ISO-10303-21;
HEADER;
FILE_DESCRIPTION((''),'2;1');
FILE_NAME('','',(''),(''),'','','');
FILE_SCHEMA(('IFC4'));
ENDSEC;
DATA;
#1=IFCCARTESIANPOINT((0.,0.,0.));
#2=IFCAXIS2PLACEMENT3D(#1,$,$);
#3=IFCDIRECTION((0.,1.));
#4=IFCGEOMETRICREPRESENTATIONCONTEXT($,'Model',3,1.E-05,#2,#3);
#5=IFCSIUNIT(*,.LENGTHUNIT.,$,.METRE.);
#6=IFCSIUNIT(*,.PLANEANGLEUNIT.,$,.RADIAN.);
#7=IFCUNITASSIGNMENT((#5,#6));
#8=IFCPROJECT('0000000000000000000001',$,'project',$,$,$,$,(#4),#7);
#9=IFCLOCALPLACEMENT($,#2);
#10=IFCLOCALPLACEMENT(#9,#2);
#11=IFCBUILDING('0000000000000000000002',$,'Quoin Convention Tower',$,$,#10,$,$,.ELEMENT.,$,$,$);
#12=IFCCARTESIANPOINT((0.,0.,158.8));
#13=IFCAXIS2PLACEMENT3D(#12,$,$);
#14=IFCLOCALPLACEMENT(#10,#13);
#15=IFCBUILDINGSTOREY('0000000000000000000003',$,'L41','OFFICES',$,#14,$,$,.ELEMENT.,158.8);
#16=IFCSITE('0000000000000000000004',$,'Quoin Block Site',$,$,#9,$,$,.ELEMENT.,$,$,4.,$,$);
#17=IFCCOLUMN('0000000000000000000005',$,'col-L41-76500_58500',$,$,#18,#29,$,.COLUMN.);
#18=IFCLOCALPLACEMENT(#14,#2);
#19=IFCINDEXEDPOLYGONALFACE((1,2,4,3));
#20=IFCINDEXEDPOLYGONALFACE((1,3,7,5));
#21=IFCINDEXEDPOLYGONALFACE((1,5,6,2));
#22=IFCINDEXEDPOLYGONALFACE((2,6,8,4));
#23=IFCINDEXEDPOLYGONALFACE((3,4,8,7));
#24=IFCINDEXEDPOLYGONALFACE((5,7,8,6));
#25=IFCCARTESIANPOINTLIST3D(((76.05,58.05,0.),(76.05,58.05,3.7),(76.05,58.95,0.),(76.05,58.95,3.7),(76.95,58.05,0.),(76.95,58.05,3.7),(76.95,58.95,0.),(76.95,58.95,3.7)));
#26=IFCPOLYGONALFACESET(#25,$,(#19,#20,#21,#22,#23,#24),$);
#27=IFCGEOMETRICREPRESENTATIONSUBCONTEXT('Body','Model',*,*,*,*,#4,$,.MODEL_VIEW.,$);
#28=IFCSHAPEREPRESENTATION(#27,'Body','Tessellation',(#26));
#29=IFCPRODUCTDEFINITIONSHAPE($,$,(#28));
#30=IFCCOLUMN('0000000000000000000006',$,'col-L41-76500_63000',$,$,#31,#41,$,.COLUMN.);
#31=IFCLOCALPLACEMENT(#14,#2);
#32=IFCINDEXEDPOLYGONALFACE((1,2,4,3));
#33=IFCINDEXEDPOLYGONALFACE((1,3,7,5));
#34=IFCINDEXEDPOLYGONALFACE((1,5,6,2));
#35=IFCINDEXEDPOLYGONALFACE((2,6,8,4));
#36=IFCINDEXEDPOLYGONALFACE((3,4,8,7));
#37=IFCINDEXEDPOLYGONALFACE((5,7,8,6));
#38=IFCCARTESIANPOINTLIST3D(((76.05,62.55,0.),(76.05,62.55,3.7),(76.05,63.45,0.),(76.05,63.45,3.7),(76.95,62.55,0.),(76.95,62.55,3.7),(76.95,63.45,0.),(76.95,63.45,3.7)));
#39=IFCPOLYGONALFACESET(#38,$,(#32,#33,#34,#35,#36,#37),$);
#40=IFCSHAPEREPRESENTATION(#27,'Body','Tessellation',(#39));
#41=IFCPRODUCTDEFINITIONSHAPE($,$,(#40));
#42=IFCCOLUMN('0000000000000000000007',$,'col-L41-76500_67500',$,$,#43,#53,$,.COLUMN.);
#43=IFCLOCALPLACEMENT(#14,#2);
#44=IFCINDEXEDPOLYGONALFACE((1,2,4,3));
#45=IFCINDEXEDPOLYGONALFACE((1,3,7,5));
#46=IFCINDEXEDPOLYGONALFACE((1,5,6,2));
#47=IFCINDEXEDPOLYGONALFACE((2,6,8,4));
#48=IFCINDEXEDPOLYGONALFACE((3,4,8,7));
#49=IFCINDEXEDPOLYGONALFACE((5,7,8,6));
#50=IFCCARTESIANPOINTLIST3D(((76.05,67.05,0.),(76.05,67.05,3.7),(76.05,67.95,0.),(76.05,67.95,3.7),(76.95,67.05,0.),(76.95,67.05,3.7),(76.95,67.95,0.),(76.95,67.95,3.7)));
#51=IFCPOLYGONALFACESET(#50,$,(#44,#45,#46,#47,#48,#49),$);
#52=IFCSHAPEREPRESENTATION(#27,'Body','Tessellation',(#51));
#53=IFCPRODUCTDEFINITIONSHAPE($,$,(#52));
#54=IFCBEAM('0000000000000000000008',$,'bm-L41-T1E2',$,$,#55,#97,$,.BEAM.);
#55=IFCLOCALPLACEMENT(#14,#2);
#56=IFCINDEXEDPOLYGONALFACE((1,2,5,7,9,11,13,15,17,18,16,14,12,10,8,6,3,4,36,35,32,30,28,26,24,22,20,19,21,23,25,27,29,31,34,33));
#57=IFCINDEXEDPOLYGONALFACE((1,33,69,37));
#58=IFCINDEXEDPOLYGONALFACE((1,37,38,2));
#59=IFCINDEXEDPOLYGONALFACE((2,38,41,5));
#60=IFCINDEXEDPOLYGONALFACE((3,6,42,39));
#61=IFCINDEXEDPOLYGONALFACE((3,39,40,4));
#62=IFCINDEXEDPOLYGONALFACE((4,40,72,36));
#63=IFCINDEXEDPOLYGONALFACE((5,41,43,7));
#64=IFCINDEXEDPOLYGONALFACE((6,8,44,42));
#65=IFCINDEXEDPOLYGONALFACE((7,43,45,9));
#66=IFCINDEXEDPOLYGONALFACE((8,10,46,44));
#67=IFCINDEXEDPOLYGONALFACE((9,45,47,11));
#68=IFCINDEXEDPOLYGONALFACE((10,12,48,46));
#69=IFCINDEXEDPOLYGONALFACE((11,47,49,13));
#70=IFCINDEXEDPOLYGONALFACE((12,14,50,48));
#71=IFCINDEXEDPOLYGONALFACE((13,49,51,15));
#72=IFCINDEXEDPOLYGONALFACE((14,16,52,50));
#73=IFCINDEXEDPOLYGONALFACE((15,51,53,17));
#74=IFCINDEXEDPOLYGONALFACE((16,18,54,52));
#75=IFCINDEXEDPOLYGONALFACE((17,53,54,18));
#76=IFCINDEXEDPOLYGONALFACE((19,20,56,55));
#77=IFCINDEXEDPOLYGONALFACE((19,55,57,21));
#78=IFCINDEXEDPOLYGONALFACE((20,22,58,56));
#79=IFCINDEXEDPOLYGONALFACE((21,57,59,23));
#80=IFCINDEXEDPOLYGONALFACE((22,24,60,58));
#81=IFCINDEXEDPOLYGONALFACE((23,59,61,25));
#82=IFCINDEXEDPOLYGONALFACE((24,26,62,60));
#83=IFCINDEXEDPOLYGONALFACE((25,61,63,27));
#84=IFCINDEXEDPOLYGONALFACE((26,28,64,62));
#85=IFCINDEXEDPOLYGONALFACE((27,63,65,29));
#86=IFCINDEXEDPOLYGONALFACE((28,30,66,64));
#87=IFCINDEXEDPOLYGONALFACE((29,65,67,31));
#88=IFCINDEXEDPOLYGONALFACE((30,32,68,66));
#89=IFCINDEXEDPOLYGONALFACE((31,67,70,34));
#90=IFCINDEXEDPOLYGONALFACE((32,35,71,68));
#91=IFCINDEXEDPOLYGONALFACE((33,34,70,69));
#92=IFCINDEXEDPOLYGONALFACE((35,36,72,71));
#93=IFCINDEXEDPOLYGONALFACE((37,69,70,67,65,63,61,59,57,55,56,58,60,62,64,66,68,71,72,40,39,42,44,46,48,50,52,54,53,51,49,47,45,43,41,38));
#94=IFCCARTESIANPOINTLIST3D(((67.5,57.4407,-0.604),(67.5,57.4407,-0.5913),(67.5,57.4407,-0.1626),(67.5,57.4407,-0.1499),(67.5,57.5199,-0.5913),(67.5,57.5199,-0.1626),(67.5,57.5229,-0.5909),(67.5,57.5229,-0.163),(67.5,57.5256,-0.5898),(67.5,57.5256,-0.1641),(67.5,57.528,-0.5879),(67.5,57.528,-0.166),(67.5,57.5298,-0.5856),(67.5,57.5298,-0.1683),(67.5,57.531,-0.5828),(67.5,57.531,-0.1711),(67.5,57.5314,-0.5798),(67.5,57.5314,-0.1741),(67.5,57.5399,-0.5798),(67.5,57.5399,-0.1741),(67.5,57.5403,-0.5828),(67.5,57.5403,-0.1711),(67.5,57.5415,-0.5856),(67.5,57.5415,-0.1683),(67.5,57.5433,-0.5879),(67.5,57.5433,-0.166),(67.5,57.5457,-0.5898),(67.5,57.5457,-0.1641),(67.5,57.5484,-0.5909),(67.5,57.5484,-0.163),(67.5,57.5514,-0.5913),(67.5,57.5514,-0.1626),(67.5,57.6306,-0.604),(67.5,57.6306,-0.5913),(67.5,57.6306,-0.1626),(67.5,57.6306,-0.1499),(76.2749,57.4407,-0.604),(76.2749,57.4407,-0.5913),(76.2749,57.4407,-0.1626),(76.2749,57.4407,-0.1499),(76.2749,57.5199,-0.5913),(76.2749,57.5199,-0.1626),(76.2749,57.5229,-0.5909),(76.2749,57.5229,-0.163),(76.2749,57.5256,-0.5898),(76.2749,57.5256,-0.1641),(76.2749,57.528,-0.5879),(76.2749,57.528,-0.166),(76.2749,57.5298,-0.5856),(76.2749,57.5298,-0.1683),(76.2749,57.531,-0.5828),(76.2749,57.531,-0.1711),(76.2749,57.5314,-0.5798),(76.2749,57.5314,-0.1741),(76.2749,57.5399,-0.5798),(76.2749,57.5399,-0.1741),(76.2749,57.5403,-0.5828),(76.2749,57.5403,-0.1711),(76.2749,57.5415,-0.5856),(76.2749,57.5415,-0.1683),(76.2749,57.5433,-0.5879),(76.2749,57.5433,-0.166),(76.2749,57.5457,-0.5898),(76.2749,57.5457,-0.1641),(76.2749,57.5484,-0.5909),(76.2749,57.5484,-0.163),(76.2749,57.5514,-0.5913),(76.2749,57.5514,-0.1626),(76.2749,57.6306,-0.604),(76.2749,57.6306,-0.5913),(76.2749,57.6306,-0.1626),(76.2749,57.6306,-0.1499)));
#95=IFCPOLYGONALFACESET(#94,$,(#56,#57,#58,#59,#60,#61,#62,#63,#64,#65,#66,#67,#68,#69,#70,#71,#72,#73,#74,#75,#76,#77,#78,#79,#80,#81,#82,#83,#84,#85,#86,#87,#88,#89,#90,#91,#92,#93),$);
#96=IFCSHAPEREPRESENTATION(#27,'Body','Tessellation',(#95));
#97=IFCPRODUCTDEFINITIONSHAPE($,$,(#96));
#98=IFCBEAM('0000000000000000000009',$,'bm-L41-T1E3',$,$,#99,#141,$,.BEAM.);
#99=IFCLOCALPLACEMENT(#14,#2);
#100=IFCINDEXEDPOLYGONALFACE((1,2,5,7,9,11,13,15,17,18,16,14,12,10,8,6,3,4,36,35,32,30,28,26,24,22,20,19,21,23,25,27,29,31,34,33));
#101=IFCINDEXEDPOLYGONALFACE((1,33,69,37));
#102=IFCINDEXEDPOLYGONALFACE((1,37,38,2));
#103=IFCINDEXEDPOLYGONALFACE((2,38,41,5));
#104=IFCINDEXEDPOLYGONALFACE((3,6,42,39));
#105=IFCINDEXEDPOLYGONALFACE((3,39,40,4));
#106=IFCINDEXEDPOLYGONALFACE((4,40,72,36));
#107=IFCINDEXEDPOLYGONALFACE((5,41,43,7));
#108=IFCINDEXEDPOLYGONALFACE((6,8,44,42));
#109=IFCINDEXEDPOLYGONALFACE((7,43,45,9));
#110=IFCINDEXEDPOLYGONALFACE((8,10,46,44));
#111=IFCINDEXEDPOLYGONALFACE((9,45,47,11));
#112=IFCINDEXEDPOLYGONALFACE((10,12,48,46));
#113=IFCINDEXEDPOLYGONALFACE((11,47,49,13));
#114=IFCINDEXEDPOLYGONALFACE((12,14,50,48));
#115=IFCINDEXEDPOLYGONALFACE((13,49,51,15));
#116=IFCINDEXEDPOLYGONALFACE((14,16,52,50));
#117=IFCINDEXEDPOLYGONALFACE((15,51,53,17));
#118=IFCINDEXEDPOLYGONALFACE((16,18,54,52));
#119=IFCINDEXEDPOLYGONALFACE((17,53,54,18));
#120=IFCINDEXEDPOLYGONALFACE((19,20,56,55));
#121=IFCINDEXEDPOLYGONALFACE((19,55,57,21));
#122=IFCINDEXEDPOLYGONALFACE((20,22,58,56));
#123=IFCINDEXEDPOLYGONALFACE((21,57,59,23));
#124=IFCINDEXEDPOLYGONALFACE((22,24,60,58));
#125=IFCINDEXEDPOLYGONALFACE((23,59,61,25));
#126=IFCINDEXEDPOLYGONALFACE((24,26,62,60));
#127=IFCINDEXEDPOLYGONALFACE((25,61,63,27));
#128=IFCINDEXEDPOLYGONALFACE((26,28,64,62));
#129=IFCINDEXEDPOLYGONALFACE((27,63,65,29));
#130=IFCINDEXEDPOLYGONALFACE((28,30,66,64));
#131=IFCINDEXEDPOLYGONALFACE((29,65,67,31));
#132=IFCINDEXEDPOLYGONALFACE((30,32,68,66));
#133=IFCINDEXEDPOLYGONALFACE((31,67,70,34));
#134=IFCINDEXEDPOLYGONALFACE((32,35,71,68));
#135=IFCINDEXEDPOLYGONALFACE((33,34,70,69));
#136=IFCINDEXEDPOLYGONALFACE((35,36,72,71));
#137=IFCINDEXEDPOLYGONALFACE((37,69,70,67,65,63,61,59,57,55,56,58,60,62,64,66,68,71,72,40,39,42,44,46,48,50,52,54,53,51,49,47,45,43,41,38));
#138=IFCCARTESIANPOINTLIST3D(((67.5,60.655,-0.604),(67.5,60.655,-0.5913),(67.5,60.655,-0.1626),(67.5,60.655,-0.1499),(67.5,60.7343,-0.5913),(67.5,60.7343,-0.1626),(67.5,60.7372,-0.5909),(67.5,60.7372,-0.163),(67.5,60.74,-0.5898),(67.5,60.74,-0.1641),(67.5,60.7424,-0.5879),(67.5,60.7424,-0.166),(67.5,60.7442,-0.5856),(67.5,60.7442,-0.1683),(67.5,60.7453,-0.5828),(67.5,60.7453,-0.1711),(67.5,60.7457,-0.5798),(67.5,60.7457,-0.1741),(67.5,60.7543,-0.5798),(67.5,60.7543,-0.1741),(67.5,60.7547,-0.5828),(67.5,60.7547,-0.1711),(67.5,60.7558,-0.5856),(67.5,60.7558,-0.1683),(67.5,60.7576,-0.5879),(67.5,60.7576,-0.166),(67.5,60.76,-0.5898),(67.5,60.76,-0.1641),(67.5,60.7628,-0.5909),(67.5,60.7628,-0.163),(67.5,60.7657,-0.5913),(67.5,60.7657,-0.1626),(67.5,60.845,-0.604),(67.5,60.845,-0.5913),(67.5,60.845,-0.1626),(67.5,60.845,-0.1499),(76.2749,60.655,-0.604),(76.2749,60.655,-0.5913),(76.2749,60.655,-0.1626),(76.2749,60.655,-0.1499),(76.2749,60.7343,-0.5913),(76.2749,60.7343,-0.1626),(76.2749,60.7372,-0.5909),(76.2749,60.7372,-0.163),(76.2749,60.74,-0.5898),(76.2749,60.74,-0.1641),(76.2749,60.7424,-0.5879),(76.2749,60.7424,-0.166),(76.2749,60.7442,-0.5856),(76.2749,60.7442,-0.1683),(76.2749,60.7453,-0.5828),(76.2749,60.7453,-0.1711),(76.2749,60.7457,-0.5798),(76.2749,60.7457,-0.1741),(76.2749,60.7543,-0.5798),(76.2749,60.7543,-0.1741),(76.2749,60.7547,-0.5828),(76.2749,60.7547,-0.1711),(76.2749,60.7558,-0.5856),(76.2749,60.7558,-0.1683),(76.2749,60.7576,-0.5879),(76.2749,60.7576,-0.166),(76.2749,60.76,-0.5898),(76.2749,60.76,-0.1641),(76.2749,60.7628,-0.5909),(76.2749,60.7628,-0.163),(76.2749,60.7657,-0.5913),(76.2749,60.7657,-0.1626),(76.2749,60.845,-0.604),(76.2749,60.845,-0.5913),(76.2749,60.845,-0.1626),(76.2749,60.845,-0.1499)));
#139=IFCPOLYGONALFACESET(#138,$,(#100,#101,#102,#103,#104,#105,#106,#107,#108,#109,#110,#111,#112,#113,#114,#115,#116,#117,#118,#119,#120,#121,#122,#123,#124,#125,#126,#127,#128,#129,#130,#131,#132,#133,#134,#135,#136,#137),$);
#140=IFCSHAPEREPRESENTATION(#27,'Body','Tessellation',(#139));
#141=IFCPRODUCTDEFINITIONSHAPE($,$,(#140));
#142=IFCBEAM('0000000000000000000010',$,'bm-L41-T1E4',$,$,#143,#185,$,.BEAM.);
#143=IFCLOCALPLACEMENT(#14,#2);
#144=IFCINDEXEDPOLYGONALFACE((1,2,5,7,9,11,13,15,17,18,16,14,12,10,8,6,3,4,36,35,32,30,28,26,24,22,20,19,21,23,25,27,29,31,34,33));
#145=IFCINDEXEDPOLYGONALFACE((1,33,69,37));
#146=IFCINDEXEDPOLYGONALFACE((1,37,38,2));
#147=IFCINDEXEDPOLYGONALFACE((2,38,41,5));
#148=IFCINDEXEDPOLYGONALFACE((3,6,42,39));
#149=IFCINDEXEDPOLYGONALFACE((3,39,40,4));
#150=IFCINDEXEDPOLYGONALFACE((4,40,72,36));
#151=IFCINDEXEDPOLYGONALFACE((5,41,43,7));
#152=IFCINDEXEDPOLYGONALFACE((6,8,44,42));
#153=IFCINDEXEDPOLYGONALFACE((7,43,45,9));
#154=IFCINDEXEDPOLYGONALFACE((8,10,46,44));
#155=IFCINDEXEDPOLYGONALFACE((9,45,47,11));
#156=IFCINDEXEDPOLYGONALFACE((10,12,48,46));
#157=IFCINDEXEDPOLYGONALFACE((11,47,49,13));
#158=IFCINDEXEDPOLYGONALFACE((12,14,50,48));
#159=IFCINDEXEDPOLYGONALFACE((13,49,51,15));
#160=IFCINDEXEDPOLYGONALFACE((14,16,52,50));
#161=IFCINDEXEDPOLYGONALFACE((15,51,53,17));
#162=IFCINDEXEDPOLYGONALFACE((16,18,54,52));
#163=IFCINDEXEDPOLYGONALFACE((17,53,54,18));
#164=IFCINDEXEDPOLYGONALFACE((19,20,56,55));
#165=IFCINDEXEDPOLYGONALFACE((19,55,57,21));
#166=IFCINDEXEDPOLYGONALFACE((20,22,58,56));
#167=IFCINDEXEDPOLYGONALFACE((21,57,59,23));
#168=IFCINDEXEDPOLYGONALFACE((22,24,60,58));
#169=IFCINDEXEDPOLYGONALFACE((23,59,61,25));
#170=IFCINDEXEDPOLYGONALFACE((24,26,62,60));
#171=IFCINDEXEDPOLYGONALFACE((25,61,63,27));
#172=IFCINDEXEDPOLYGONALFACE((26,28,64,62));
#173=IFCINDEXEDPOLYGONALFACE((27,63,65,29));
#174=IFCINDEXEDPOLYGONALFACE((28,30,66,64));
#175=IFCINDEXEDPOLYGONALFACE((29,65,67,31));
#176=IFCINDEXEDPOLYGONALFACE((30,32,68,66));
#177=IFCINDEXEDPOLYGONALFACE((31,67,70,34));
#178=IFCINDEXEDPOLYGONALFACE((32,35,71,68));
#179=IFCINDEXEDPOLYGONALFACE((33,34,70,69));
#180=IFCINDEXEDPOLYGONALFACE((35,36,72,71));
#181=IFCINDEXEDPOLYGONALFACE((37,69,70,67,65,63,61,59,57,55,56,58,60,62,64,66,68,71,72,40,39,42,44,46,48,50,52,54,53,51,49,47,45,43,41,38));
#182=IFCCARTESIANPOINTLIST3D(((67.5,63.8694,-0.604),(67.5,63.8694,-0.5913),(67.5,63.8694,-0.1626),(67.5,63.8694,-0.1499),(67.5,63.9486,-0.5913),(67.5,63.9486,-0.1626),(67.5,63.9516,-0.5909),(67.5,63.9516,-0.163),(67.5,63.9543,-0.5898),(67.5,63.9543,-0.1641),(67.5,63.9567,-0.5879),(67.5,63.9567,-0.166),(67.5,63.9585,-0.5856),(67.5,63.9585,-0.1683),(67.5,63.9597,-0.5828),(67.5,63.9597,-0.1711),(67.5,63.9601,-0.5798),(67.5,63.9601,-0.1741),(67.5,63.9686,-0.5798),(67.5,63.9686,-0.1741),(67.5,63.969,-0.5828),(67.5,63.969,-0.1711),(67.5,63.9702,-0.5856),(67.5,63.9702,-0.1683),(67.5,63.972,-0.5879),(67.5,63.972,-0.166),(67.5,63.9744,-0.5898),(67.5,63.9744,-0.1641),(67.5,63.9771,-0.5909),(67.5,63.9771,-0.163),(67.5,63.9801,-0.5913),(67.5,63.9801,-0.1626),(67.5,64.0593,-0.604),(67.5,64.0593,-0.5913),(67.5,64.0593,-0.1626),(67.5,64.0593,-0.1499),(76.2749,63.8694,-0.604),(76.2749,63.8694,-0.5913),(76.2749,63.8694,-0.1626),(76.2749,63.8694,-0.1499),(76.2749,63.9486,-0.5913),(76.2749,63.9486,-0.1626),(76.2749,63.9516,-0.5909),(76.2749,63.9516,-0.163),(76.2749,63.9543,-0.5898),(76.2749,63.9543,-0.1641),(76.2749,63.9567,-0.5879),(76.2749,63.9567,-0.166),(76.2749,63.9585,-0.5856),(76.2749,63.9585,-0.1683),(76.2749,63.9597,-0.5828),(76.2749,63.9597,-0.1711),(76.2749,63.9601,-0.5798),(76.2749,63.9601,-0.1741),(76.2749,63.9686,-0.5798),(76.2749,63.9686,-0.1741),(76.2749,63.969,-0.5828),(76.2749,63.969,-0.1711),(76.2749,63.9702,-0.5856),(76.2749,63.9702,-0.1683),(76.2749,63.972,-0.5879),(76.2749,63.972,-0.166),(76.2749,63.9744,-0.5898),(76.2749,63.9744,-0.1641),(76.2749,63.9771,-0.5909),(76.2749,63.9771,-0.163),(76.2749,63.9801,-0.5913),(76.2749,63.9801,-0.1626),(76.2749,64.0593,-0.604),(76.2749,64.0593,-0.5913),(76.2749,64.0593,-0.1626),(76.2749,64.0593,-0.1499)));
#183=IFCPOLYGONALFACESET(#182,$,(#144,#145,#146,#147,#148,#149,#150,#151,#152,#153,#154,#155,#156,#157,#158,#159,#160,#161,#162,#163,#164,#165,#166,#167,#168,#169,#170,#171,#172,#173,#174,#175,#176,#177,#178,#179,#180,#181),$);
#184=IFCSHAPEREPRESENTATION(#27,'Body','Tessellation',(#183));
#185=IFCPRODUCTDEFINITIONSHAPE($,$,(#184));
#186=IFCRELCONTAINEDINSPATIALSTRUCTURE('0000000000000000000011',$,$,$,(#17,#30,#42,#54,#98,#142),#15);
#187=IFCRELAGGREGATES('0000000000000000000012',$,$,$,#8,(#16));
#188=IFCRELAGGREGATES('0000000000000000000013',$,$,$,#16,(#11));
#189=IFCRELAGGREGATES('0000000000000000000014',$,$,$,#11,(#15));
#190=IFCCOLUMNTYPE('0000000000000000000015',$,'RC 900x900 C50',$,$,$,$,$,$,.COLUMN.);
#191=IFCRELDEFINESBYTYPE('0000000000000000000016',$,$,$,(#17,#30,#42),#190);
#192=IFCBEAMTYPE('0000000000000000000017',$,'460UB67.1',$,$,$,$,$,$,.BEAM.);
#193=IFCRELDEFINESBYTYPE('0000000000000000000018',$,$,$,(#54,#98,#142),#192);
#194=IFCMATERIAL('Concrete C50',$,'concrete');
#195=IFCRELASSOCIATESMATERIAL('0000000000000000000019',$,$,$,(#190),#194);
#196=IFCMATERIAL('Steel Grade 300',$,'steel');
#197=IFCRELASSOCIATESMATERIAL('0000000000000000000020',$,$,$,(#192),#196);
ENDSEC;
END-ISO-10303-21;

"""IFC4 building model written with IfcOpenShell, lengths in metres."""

from ifc_helpers import new_model, si_unit, direction, frame, origin, origin_2d, place, context, subcontext, project, spatial, rectangle, i_section, extrude, material, material_profile, profile_set, type_object, element, save


model = new_model("IFC4")

# Units and contexts
model_context = context("Model", 3, precision=1e-05, world=origin(), true_north=direction((0.0, 1.0)))
body_context = subcontext(model_context, "Body", "Model", "MODEL_VIEW")
ifc_project = project(units=[si_unit("LENGTHUNIT", "METRE"), si_unit("PLANEANGLEUNIT", "RADIAN")], contexts=[model_context])

# Site, building, storey
site_placement = place(None, origin())
site = spatial("IfcSite", under=ifc_project, at=site_placement, Name="Quoin Block Site", CompositionType="ELEMENT", RefElevation=4.0)
building_placement = place(site_placement, origin())
building = spatial("IfcBuilding", under=site, at=building_placement, Name="Quoin Convention Tower", CompositionType="ELEMENT")
storey_placement = place(building_placement, frame((0.0, 0.0, 158.8)))
storey = spatial("IfcBuildingStorey", under=building, at=storey_placement, Name="L41", Description="OFFICES", CompositionType="ELEMENT", Elevation=158.8)

# Columns
ifc_material_1 = material(Name="Concrete C50", Category="concrete")
ifc_material_profile_1 = material_profile(ifc_material_1, rectangle(XDim=0.8999, YDim=0.8999, at=origin_2d()), Name="RC 900x900")
ifc_profile_set_1 = profile_set([ifc_material_profile_1], Name="Concrete C50")
column_type = type_object("IfcColumnType", Name="RC 900x900 C50", PredefinedType="COLUMN", material=ifc_profile_set_1)
for number, where, z_axis, x_axis, name in (
    (1, (76.5, 58.5, 0.0), (0.0, 0.0, 1.0), (1.0, 0.0, 0.0), "col-L41-76500_58500"),
    (2, (76.5, 63.0, 0.0), (0.0, 0.0, 1.0), (1.0, 0.0, 0.0), "col-L41-76500_63000"),
    (3, (76.5, 67.5, 0.0), (0.0, 0.0, 1.0), (1.0, 0.0, 0.0), "col-L41-76500_67500"),
):
    element("IfcColumn", number, at=place(storey_placement, frame(where, z_axis=z_axis, x_axis=x_axis)), inside=storey, type_object=column_type, Name=name, PredefinedType="COLUMN", context=body_context, shape_type="SweptSolid", body=[
        extrude(rectangle(XDim=0.8999, YDim=0.8999, at=origin_2d()), origin(), (0.0, 0.0, 1.0), 3.7),
    ])

# Beams
ifc_material_2 = material(Name="Steel Grade 300", Category="steel")
ifc_material_profile_2 = material_profile(ifc_material_2, i_section(OverallWidth=0.1899, OverallDepth=0.4541, WebThickness=0.0085, FlangeThickness=0.0127, FilletRadius=0.0115, at=origin_2d()), Name="460UB67.1")
ifc_profile_set_2 = profile_set([ifc_material_profile_2], Name="Steel Grade 300")
beam_type_1 = type_object("IfcBeamType", Name="460UB67.1", PredefinedType="BEAM", material=ifc_profile_set_2)
for number, where, z_axis, x_axis, name in (
    (4, (67.5, 57.5356, -0.377), (1.0, 0.0, 0.0), (0.0, 1.0, 0.0), "bm-L41-T1E2"),
    (5, (67.5, 60.75, -0.377), (1.0, 0.0, 0.0), (0.0, 1.0, 0.0), "bm-L41-T1E3"),
    (6, (67.5, 63.9644, -0.377), (1.0, 0.0, 0.0), (0.0, 1.0, 0.0), "bm-L41-T1E4"),
):
    element("IfcBeam", number, at=place(storey_placement, frame(where, z_axis=z_axis, x_axis=x_axis)), inside=storey, type_object=beam_type_1, Name=name, PredefinedType="BEAM", context=body_context, shape_type="SweptSolid", body=[
        extrude(i_section(OverallWidth=0.1899, OverallDepth=0.4541, WebThickness=0.0085, FlangeThickness=0.0127, FilletRadius=0.0115, at=origin_2d()), origin(), (0.0, 0.0, 1.0), 8.7749),
    ])

save(model, "model.ifc")
